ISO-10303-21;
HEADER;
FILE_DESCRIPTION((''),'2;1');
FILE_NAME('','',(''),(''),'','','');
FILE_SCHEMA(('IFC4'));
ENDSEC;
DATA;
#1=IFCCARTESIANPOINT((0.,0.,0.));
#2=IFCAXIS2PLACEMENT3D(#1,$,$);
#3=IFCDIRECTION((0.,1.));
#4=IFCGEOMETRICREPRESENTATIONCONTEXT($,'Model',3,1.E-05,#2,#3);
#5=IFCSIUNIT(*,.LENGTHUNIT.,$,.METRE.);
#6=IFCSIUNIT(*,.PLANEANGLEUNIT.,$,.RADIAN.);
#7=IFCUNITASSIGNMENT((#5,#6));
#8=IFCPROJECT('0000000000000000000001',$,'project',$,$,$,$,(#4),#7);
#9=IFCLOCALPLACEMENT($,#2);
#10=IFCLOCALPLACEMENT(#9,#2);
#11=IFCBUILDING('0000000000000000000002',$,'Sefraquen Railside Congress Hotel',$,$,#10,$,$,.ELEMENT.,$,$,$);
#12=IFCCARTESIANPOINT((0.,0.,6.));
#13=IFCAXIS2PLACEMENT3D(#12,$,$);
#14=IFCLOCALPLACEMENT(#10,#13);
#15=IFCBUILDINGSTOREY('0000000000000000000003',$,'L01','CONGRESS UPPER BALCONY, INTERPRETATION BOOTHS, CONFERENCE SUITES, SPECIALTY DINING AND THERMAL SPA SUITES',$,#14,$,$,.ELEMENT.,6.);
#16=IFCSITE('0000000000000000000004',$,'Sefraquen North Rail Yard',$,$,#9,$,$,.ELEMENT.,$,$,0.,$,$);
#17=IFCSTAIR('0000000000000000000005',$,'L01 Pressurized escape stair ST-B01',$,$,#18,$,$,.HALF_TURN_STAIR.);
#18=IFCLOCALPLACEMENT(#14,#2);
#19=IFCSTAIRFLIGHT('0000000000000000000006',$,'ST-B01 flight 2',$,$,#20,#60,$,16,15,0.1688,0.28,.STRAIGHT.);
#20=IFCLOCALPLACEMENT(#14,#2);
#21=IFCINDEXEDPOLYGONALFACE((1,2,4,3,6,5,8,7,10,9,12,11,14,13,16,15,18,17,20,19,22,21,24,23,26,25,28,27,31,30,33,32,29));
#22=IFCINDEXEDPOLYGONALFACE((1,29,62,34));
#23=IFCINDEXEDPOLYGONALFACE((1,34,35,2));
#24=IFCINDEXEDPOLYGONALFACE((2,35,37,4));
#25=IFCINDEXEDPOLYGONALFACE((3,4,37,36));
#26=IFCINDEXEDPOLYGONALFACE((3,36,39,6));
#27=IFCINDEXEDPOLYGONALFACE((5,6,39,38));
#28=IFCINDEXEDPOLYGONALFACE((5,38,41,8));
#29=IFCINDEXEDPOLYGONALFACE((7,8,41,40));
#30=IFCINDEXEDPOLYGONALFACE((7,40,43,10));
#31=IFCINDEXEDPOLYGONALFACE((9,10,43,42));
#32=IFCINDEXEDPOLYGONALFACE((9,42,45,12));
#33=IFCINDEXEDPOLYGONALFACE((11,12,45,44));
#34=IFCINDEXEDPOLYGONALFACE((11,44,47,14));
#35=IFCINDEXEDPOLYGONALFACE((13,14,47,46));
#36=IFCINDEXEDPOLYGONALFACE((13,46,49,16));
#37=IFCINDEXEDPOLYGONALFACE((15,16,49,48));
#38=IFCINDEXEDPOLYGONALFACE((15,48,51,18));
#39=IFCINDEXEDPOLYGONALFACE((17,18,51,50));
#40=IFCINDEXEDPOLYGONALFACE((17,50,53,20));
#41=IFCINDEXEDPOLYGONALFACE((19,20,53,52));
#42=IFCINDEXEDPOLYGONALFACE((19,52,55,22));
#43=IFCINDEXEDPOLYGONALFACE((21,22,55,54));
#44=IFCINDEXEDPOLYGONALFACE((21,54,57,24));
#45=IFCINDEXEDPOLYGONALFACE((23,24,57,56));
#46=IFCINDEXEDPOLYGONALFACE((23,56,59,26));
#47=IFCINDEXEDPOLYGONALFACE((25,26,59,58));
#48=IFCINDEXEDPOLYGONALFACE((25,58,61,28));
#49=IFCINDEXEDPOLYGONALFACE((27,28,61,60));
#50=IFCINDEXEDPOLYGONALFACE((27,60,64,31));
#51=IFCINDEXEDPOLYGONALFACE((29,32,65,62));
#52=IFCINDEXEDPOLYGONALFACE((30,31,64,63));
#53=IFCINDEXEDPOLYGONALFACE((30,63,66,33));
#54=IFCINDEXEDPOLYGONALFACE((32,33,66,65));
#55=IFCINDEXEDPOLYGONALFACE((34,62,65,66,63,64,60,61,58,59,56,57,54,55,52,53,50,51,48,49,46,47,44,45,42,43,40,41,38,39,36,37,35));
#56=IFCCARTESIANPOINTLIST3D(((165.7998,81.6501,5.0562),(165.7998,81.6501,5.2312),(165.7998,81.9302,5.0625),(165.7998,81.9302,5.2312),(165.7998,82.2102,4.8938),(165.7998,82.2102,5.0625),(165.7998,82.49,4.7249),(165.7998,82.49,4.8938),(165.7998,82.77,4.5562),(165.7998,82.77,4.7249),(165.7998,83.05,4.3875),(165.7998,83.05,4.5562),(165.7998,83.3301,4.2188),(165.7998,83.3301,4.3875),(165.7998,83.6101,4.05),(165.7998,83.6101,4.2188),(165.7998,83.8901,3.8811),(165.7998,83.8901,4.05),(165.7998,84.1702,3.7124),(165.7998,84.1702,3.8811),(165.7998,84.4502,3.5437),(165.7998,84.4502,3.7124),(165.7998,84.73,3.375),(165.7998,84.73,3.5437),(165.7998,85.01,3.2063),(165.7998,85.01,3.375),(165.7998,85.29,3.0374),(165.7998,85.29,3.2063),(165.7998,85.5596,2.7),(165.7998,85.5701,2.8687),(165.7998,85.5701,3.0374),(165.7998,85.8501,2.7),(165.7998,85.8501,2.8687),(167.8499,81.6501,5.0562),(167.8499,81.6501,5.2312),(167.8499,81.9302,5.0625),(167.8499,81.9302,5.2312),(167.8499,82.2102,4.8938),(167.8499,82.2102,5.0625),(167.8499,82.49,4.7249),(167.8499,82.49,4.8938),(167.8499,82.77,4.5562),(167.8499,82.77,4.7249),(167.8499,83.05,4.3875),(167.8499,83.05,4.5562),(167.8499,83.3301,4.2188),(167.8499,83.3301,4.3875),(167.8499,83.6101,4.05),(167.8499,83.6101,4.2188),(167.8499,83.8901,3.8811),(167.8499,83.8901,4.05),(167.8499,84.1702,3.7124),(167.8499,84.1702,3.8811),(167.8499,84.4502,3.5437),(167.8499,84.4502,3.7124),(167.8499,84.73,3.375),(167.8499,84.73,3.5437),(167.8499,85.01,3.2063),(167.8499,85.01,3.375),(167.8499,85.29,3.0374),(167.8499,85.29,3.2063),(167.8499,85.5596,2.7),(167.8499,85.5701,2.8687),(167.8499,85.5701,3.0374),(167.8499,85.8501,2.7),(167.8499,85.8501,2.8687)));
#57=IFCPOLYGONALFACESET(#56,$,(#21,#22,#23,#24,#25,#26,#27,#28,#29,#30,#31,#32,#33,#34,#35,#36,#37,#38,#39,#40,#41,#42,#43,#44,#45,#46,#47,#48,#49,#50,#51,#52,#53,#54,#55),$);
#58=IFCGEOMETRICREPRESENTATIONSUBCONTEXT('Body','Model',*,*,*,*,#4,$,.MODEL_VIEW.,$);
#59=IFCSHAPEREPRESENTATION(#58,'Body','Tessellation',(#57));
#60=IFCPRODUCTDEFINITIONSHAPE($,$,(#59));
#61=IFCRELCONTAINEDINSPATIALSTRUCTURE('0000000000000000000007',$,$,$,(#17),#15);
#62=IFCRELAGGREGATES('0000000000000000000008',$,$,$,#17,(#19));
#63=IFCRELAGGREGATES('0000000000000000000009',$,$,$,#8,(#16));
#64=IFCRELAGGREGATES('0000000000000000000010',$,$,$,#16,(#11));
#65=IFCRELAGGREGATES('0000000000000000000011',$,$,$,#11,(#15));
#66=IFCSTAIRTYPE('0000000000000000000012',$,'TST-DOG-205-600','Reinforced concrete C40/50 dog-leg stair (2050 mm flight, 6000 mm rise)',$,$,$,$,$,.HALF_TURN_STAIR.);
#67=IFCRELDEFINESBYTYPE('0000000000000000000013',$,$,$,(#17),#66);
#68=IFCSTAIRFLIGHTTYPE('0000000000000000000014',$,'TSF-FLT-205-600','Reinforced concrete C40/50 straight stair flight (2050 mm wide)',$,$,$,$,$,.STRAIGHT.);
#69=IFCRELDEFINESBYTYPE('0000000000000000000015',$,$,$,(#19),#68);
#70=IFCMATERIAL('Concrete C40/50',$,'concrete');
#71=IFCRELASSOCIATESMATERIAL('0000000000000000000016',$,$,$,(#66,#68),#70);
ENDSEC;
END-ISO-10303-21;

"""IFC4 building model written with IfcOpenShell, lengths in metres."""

from ifc_helpers import new_model, si_unit, direction, frame, origin, place, context, subcontext, project, spatial, polyline, outline, extrude, material, type_object, element, aggregate, save


model = new_model("IFC4")

# Units and contexts
model_context = context("Model", 3, precision=1e-05, world=origin(), true_north=direction((0.0, 1.0)))
body_context = subcontext(model_context, "Body", "Model", "MODEL_VIEW")
ifc_project = project(units=[si_unit("LENGTHUNIT", "METRE"), si_unit("PLANEANGLEUNIT", "RADIAN")], contexts=[model_context])

# Site, building, storey
site_placement = place(None, origin())
site = spatial("IfcSite", under=ifc_project, at=site_placement, Name="Sefraquen North Rail Yard", CompositionType="ELEMENT", RefElevation=0.0)
building_placement = place(site_placement, origin())
building = spatial("IfcBuilding", under=site, at=building_placement, Name="Sefraquen Railside Congress Hotel", CompositionType="ELEMENT")
storey_placement = place(building_placement, frame((0.0, 0.0, 6.0)))
storey = spatial("IfcBuildingStorey", under=building, at=storey_placement, Name="L01", Description="CONGRESS UPPER BALCONY, INTERPRETATION BOOTHS, CONFERENCE SUITES, SPECIALTY DINING AND THERMAL SPA SUITES", CompositionType="ELEMENT", Elevation=6.0)

# Stair, stair flight
ifc_material_1 = material(Name="Concrete C40/50", Category="concrete")
stair_type = type_object("IfcStairType", Name="TST-DOG-205-600", Description="Reinforced concrete C40/50 dog-leg stair (2050 mm flight, 6000 mm rise)", PredefinedType="HALF_TURN_STAIR", material=ifc_material_1)
stair_placement = place(storey_placement, origin())
stair = element("IfcStair", 1, at=stair_placement, inside=storey, type_object=stair_type, Name="L01 Pressurized escape stair ST-B01", PredefinedType="HALF_TURN_STAIR")
stair_flight_type = type_object("IfcStairFlightType", Name="TSF-FLT-205-600", Description="Reinforced concrete C40/50 straight stair flight (2050 mm wide)", PredefinedType="STRAIGHT", material=ifc_material_1)
stair_flight_1_placement = place(storey_placement, frame((166.825, 85.8501, 2.7), z_axis=(0.0, 0.0, 1.0), x_axis=(0.0, -1.0, 0.0)))
stair_flight_1 = element("IfcStairFlight", 2, at=stair_flight_1_placement, type_object=stair_flight_type, Name="ST-B01 flight 2", NumberOfRisers=16, NumberOfTreads=15, PredefinedType="STRAIGHT", RiserHeight=0.1688, TreadLength=0.28, context=body_context, shape_type="SweptSolid", body=[
    extrude(outline(polyline([(0.0, 0.0), (0.0, 0.1687), (0.28, 0.1687), (0.28, 0.3374), (0.5601, 0.3374), (0.5601, 0.5063), (0.8401, 0.5063), (0.8401, 0.675), (1.1201, 0.675), (1.1201, 0.8438), (1.3999, 0.8438), (1.3999, 1.0125), (1.6799, 1.0125), (1.6799, 1.1812), (1.96, 1.1812), (1.96, 1.3501), (2.24, 1.3501), (2.24, 1.5188), (2.52, 1.5188), (2.52, 1.6875), (2.8, 1.6875), (2.8, 1.8562), (3.0801, 1.8562), (3.0801, 2.0249), (3.3601, 2.0249), (3.3601, 2.1938), (3.6399, 2.1938), (3.6399, 2.3625), (3.9199, 2.3625), (3.9199, 2.5312), (4.2, 2.5312), (4.2, 2.7), (4.2, 2.3562), (0.2905, 0.0), (0.0, 0.0)])), frame((0.0, 1.0249, 0.0), z_axis=(0.0, -1.0, 0.0), x_axis=(1.0, 0.0, 0.0)), (0.0, 0.0, 1.0), 2.05),
])
aggregate(stair, [stair_flight_1])

save(model, "model.ifc")
